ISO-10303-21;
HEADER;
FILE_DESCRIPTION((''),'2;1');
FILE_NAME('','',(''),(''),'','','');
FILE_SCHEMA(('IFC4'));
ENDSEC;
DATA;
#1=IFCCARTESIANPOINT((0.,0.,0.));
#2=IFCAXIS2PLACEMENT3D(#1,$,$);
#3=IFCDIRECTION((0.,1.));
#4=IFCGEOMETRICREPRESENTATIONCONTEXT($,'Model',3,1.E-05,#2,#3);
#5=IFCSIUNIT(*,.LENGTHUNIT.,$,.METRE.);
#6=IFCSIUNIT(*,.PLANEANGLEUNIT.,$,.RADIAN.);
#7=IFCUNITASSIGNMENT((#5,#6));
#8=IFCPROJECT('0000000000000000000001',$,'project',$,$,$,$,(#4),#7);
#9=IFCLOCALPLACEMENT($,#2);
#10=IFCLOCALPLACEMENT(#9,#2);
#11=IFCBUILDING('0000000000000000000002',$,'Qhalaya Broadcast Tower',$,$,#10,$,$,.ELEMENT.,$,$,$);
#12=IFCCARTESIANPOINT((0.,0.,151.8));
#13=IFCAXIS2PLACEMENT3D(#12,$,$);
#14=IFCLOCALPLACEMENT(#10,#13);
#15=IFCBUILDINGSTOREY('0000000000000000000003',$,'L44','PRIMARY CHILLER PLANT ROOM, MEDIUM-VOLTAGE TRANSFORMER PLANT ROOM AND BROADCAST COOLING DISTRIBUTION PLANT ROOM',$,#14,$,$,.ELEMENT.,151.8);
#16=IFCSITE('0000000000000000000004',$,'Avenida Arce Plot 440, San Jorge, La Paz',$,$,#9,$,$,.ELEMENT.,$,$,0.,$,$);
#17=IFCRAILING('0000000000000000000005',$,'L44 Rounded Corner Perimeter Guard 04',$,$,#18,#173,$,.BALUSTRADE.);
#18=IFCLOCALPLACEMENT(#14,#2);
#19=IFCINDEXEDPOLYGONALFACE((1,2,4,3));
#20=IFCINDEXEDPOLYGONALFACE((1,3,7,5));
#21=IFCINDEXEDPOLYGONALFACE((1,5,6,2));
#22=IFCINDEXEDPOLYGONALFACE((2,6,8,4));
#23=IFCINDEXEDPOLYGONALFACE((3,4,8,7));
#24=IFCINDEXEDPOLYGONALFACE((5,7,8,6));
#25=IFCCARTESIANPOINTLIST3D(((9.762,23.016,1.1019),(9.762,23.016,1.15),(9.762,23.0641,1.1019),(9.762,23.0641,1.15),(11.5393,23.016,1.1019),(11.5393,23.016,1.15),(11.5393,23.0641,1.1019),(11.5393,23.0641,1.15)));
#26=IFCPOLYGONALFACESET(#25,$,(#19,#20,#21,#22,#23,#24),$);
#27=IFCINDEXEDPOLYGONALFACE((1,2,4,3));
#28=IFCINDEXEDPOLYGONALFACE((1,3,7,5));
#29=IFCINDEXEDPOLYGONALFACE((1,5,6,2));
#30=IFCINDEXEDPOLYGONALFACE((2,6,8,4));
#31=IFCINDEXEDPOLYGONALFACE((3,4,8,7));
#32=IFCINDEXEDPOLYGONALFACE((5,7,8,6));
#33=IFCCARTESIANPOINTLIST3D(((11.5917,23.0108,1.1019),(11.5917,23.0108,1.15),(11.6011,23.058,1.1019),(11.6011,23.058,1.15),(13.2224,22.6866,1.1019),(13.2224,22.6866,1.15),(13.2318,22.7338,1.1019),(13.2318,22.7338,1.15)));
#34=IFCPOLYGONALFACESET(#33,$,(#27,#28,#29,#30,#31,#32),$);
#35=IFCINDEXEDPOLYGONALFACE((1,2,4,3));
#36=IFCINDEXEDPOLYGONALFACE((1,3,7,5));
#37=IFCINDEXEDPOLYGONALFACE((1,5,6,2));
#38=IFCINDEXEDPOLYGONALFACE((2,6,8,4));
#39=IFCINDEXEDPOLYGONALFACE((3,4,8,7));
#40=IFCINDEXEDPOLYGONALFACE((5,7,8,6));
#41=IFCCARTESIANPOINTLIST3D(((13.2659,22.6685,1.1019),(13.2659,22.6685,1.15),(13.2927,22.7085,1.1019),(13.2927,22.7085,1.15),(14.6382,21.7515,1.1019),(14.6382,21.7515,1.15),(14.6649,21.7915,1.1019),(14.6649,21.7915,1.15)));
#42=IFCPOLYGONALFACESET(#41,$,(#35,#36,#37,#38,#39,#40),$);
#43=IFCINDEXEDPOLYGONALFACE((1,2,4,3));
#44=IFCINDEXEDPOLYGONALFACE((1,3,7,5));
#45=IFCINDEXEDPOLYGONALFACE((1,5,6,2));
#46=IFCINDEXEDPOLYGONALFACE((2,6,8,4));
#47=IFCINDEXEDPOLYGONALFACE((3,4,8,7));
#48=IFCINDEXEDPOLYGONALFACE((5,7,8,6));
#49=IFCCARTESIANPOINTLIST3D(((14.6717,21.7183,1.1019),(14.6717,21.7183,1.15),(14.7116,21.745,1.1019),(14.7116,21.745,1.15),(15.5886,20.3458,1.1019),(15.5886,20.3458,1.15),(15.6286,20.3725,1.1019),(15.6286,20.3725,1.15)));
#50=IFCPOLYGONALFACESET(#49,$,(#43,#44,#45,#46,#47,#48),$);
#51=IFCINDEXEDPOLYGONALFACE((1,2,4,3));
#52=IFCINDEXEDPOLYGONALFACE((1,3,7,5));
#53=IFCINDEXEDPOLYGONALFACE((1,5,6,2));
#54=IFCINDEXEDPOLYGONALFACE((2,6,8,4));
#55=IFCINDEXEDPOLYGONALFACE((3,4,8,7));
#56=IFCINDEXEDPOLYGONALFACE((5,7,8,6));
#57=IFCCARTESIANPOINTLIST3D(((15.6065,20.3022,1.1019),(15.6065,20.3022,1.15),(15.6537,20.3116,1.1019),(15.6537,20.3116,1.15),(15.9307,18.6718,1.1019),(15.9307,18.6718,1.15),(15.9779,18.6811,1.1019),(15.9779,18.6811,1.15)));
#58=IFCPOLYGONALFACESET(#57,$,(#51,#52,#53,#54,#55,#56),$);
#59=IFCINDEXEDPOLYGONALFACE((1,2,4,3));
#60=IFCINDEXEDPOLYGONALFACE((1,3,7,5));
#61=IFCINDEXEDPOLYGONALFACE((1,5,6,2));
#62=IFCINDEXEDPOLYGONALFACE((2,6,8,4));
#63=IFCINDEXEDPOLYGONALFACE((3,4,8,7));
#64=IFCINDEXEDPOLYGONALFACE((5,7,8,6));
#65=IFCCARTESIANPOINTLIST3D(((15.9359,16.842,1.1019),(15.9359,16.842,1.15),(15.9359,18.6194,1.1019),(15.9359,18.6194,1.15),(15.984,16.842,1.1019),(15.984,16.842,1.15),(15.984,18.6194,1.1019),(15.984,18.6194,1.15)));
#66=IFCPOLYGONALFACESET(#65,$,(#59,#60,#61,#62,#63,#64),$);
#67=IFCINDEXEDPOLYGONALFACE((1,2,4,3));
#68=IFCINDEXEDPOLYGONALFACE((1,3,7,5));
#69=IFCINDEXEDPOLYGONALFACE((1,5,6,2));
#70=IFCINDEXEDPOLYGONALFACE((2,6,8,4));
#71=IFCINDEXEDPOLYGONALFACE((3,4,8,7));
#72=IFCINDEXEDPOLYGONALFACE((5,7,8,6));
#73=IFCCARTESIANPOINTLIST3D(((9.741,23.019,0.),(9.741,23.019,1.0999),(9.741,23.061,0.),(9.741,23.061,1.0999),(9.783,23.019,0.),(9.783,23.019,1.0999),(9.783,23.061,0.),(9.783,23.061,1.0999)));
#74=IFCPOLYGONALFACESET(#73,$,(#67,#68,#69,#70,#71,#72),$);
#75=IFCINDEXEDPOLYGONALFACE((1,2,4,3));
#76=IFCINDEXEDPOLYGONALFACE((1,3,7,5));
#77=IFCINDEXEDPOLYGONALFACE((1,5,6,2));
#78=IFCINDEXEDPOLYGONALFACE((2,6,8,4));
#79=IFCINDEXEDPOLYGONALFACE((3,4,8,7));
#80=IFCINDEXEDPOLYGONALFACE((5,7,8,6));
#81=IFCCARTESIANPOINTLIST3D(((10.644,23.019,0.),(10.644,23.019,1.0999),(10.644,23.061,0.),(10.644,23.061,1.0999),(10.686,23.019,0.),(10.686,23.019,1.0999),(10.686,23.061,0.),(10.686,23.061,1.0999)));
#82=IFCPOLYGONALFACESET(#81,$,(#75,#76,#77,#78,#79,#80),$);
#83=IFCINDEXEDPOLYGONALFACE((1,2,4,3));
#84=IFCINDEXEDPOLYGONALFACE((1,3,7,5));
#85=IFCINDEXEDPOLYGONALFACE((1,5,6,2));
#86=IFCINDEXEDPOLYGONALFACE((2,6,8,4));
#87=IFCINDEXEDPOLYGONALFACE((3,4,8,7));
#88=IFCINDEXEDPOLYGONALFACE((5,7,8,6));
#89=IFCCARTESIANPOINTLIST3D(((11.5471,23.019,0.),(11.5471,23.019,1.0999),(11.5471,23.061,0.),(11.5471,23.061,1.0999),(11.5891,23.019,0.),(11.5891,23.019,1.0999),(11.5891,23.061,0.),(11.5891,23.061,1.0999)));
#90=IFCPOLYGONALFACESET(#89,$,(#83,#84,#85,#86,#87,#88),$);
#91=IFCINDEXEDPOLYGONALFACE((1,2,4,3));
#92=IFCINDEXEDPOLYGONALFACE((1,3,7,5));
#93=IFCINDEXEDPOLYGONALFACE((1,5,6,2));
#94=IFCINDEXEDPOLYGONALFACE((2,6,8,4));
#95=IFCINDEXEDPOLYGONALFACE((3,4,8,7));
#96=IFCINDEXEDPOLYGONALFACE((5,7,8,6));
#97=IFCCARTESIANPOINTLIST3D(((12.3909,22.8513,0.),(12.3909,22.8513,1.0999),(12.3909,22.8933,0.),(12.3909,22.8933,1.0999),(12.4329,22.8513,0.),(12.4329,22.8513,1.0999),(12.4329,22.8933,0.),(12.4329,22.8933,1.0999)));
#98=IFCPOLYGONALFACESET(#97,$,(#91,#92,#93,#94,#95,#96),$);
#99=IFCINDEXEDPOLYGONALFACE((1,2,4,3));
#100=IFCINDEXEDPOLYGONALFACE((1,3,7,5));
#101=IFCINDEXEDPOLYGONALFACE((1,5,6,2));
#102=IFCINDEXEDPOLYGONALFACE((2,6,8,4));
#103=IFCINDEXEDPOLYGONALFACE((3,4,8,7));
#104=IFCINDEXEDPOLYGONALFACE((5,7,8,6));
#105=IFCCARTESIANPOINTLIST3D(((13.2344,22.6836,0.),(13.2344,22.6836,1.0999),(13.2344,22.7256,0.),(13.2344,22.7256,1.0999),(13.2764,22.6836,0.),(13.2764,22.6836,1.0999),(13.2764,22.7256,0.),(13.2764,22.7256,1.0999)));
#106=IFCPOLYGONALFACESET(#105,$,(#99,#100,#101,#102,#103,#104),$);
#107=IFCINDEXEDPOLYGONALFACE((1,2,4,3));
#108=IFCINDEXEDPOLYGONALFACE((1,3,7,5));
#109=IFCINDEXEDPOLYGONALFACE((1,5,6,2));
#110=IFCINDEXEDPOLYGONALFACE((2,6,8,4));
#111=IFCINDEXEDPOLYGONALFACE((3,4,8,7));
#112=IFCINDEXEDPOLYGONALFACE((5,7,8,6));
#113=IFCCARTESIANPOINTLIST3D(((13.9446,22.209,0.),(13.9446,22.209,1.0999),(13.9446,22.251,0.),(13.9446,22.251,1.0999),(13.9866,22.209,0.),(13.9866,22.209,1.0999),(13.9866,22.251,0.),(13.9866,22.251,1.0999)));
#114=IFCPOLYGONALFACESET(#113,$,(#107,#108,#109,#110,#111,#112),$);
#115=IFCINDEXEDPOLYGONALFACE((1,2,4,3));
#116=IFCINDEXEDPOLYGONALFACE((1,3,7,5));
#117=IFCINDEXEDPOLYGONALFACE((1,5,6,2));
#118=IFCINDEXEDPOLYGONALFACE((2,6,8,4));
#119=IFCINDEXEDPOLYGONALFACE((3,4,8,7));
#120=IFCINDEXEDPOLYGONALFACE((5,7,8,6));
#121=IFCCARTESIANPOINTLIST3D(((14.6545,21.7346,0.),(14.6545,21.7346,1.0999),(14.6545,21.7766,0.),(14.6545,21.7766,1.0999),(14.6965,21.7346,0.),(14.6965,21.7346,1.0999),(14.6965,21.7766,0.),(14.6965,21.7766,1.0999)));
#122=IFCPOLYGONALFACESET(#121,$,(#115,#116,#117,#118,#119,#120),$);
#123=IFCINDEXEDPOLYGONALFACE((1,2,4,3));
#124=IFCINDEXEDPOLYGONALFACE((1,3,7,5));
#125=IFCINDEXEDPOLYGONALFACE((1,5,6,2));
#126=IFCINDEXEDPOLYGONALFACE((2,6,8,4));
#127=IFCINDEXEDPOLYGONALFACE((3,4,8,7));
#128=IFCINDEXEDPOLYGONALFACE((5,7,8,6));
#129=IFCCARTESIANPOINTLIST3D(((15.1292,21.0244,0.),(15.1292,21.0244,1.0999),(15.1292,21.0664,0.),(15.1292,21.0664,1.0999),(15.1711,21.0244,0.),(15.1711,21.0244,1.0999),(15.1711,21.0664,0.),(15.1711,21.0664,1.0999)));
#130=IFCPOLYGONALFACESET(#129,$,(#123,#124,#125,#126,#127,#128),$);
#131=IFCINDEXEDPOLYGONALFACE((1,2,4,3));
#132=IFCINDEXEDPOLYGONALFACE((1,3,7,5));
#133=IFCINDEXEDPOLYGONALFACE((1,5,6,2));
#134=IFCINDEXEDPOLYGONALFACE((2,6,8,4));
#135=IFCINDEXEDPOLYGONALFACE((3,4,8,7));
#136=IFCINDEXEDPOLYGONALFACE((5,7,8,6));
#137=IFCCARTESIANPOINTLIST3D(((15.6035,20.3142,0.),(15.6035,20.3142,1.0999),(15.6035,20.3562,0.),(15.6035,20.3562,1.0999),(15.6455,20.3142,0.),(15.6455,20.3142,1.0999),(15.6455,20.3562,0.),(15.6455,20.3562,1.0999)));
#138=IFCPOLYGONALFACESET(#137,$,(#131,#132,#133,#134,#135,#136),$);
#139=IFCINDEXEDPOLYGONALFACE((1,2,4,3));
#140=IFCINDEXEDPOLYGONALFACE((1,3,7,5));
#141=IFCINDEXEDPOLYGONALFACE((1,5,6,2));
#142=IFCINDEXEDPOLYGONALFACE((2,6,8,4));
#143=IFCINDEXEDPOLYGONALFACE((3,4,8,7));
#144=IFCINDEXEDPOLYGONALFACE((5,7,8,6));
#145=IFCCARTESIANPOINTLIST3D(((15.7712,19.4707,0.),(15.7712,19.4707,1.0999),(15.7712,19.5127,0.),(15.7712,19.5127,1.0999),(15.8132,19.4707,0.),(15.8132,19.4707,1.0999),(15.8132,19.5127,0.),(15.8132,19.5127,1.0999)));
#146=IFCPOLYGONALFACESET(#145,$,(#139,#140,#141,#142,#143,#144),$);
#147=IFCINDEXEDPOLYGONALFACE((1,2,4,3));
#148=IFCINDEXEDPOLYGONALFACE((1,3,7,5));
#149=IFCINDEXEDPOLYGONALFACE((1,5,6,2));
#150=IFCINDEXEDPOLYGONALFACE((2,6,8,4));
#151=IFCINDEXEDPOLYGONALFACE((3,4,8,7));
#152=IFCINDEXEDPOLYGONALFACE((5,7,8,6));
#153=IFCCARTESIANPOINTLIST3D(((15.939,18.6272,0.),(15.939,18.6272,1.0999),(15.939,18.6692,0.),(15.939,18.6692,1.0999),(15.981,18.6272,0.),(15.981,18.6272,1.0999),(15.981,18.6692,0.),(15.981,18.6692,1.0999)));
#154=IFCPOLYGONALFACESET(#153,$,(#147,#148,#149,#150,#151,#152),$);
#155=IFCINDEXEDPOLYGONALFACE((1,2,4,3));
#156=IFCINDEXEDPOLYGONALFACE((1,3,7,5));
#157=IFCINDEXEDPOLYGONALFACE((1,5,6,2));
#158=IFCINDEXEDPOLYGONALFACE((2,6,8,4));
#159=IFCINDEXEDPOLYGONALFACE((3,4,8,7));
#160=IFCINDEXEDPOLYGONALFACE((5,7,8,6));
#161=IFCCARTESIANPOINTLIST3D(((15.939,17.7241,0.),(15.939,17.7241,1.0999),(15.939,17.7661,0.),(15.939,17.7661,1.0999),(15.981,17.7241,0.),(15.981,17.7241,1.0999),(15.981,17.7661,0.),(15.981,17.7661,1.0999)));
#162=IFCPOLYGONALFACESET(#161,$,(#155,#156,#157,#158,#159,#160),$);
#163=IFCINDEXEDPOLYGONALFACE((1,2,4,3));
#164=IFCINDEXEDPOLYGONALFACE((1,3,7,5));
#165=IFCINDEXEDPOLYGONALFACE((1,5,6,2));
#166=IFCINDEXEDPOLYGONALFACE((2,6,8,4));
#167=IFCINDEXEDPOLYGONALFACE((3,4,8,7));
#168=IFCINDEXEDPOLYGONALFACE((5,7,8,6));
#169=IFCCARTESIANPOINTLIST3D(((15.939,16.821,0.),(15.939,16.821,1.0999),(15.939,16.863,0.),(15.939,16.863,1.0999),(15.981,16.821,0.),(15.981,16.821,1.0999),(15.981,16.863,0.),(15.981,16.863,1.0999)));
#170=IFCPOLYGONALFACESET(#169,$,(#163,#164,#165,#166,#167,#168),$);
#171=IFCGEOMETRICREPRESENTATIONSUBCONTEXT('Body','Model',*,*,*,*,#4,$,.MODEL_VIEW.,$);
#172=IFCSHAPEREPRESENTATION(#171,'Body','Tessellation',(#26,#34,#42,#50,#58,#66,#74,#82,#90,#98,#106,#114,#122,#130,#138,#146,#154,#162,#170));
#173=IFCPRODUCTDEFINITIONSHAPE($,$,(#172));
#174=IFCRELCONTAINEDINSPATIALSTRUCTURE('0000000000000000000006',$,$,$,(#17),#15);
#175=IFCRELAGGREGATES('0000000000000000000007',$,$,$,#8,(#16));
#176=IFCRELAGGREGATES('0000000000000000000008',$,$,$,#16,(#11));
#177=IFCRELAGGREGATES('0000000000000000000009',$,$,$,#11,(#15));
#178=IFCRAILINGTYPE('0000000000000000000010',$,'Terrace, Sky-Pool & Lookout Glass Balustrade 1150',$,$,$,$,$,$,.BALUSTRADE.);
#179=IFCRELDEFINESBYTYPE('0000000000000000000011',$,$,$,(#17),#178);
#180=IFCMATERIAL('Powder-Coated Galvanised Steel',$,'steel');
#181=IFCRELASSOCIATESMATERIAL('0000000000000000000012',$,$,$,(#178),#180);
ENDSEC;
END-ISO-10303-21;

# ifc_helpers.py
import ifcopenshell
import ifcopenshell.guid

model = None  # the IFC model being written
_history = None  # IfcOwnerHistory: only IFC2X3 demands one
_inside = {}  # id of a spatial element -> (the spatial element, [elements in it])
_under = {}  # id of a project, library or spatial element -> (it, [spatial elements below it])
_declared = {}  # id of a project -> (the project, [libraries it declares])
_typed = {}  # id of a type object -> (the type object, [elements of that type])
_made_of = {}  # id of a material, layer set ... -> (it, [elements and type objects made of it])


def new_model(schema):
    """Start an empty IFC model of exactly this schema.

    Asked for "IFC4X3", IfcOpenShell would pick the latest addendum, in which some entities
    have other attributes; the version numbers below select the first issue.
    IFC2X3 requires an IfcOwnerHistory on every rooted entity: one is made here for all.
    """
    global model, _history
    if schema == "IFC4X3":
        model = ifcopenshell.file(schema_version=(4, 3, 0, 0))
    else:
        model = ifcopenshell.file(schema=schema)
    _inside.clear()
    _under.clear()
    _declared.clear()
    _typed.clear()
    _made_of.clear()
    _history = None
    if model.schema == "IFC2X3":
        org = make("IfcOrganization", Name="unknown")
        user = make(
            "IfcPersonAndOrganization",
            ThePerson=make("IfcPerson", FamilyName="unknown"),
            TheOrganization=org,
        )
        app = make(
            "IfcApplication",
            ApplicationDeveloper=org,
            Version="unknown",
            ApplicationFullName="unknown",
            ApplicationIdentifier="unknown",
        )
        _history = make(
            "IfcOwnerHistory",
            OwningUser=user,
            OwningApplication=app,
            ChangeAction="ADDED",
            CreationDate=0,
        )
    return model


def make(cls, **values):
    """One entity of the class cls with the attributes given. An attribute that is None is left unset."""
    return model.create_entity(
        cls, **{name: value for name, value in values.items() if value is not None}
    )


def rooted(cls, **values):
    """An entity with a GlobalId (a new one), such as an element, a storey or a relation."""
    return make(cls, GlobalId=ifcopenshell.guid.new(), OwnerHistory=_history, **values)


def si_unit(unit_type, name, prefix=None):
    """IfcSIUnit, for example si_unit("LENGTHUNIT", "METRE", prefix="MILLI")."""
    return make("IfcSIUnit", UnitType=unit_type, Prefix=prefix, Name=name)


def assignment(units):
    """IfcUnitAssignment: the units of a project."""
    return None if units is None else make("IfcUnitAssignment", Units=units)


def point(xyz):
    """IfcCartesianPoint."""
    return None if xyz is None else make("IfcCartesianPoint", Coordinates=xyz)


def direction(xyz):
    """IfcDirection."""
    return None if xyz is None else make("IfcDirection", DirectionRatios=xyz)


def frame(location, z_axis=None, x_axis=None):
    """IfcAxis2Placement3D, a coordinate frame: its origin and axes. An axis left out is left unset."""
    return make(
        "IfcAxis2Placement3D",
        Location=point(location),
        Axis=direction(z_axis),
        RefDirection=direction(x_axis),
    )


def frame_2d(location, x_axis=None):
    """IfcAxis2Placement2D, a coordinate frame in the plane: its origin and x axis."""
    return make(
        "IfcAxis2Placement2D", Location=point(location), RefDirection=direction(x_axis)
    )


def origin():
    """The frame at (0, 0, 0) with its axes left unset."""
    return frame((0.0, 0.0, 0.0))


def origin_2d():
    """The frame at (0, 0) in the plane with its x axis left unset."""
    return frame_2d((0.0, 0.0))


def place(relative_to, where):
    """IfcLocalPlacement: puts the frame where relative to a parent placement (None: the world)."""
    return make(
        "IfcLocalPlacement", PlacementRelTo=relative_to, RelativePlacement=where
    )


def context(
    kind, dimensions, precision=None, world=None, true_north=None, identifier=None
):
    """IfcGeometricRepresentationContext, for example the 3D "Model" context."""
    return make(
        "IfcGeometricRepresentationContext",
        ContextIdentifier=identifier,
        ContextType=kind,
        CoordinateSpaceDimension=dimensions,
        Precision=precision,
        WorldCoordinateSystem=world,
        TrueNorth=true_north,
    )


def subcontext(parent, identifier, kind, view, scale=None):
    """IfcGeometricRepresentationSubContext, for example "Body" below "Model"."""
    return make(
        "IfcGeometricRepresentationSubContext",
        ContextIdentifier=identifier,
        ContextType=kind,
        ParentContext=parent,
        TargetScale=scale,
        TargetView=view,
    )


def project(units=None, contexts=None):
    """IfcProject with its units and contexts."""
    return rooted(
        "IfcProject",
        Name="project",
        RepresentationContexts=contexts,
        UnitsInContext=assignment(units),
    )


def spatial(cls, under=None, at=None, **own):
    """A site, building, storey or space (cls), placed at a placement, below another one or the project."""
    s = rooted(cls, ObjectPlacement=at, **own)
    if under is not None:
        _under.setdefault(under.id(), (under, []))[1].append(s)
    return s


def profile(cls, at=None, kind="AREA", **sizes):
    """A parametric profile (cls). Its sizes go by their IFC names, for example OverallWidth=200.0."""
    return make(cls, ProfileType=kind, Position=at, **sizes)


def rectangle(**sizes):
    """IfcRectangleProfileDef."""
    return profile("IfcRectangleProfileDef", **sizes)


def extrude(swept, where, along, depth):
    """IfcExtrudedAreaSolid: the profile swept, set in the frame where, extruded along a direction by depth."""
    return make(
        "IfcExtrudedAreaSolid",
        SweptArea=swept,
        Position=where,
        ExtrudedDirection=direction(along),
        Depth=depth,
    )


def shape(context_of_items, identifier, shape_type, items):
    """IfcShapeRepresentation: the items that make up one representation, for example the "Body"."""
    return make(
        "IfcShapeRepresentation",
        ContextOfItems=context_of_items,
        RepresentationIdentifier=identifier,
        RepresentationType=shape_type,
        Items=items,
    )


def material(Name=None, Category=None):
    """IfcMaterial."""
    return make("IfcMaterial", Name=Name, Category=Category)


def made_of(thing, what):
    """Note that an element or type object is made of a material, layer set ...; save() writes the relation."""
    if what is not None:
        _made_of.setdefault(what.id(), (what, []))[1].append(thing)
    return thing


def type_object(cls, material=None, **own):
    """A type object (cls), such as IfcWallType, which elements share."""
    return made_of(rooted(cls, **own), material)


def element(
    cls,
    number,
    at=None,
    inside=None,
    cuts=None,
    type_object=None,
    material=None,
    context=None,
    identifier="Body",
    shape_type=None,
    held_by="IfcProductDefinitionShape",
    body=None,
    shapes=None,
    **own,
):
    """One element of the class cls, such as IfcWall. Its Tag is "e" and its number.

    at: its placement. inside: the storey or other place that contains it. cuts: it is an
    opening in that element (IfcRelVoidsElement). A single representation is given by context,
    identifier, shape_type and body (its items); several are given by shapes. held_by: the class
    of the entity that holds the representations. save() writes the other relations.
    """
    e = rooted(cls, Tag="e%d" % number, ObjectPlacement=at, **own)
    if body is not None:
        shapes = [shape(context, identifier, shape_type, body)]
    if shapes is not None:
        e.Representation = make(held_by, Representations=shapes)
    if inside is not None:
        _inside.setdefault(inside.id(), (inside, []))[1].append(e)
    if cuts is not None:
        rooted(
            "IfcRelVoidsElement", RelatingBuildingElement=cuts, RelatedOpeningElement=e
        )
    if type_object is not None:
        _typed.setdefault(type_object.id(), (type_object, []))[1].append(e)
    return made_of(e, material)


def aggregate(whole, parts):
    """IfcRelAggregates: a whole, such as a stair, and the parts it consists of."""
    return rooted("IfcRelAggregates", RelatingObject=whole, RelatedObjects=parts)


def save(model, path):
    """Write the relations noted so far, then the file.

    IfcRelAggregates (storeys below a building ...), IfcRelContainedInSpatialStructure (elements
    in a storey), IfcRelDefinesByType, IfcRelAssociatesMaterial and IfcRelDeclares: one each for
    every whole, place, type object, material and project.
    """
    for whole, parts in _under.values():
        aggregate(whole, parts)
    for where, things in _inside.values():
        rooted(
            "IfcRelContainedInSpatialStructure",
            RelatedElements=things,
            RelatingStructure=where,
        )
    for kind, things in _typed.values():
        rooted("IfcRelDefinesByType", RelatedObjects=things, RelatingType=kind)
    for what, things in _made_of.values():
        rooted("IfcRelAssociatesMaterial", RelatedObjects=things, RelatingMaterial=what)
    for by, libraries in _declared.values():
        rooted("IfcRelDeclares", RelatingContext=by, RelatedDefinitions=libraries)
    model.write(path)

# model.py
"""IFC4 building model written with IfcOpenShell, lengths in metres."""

from ifc_helpers import new_model, si_unit, direction, frame, origin, origin_2d, place, context, subcontext, project, spatial, rectangle, extrude, material, type_object, element, save


model = new_model("IFC4")

# Units and contexts
model_context = context("Model", 3, precision=1e-05, world=origin(), true_north=direction((0.0, 1.0)))
body_context = subcontext(model_context, "Body", "Model", "MODEL_VIEW")
ifc_project = project(units=[si_unit("LENGTHUNIT", "METRE"), si_unit("PLANEANGLEUNIT", "RADIAN")], contexts=[model_context])

# Site, building, storey
site_placement = place(None, origin())
site = spatial("IfcSite", under=ifc_project, at=site_placement, Name="Avenida Arce Plot 440, San Jorge, La Paz", CompositionType="ELEMENT", RefElevation=0.0)
building_placement = place(site_placement, origin())
building = spatial("IfcBuilding", under=site, at=building_placement, Name="Qhalaya Broadcast Tower", CompositionType="ELEMENT")
storey_placement = place(building_placement, frame((0.0, 0.0, 151.8)))
storey = spatial("IfcBuildingStorey", under=building, at=storey_placement, Name="L44", Description="PRIMARY CHILLER PLANT ROOM, MEDIUM-VOLTAGE TRANSFORMER PLANT ROOM AND BROADCAST COOLING DISTRIBUTION PLANT ROOM", CompositionType="ELEMENT", Elevation=151.8)

# Railing
ifc_material_1 = material(Name="Powder-Coated Galvanised Steel", Category="steel")
railing_type = type_object("IfcRailingType", Name="Terrace, Sky-Pool & Lookout Glass Balustrade 1150", PredefinedType="BALUSTRADE", material=ifc_material_1)
railing_placement = place(storey_placement, frame((9.762, 23.04, 0.0)))
element("IfcRailing", 1, at=railing_placement, inside=storey, type_object=railing_type, Name="L44 Rounded Corner Perimeter Guard 04", PredefinedType="BALUSTRADE", context=body_context, shape_type="SweptSolid", body=[
    extrude(rectangle(XDim=0.0481, YDim=0.0481, at=origin_2d()), frame((0.0, 0.0, 1.126), z_axis=(1.0, 0.0, 0.0), x_axis=(0.0, 1.0, 0.0)), (0.0, 0.0, 1.0), 1.7773),
    extrude(rectangle(XDim=0.0481, YDim=0.0481, at=origin_2d()), frame((1.8345, -0.0056, 1.126), z_axis=(0.980804, -0.194997, 0.0), x_axis=(0.194997, 0.980804, 0.0)), (0.0, 0.0, 1.0), 1.6626),
    extrude(rectangle(XDim=0.0481, YDim=0.0481, at=origin_2d()), frame((3.5173, -0.3516, 1.126), z_axis=(0.831456, -0.55559, 0.0), x_axis=(0.55559, 0.831456, 0.0)), (0.0, 0.0, 1.0), 1.6504),
    extrude(rectangle(XDim=0.0481, YDim=0.0481, at=origin_2d()), frame((4.9297, -1.3083, 1.126), z_axis=(0.555524, -0.8315, 0.0), x_axis=(0.8315, 0.555524, 0.0)), (0.0, 0.0, 1.0), 1.6506),
    extrude(rectangle(XDim=0.0481, YDim=0.0481, at=origin_2d()), frame((5.8682, -2.7332, 1.126), z_axis=(0.195024, -0.980798, 0.0), x_axis=(0.980798, 0.195024, 0.0)), (0.0, 0.0, 1.0), 1.6624),
    extrude(rectangle(XDim=0.0481, YDim=0.0481, at=origin_2d()), frame((6.198, -4.4207, 1.126), z_axis=(0.0, -1.0, 0.0), x_axis=(1.0, 0.0, 0.0)), (0.0, 0.0, 1.0), 1.7773),
    extrude(rectangle(XDim=0.042, YDim=0.042, at=origin_2d()), origin(), (0.0, 0.0, 1.0), 1.0999),
    extrude(rectangle(XDim=0.042, YDim=0.042, at=origin_2d()), frame((0.9031, 0.0, 0.0)), (0.0, 0.0, 1.0), 1.0999),
    extrude(rectangle(XDim=0.042, YDim=0.042, at=origin_2d()), frame((1.8062, 0.0, 0.0)), (0.0, 0.0, 1.0), 1.0999),
    extrude(rectangle(XDim=0.042, YDim=0.042, at=origin_2d()), frame((2.6499, -0.1677, 0.0)), (0.0, 0.0, 1.0), 1.0999),
    extrude(rectangle(XDim=0.042, YDim=0.042, at=origin_2d()), frame((3.4934, -0.3354, 0.0)), (0.0, 0.0, 1.0), 1.0999),
    extrude(rectangle(XDim=0.042, YDim=0.042, at=origin_2d()), frame((4.2036, -0.8101, 0.0)), (0.0, 0.0, 1.0), 1.0999),
    extrude(rectangle(XDim=0.042, YDim=0.042, at=origin_2d()), frame((4.9136, -1.2844, 0.0)), (0.0, 0.0, 1.0), 1.0999),
    extrude(rectangle(XDim=0.042, YDim=0.042, at=origin_2d()), frame((5.3882, -1.9946, 0.0)), (0.0, 0.0, 1.0), 1.0999),
    extrude(rectangle(XDim=0.042, YDim=0.042, at=origin_2d()), frame((5.8625, -2.7048, 0.0)), (0.0, 0.0, 1.0), 1.0999),
    extrude(rectangle(XDim=0.042, YDim=0.042, at=origin_2d()), frame((6.0303, -3.5483, 0.0)), (0.0, 0.0, 1.0), 1.0999),
    extrude(rectangle(XDim=0.042, YDim=0.042, at=origin_2d()), frame((6.198, -4.3918, 0.0)), (0.0, 0.0, 1.0), 1.0999),
    extrude(rectangle(XDim=0.042, YDim=0.042, at=origin_2d()), frame((6.198, -5.2949, 0.0)), (0.0, 0.0, 1.0), 1.0999),
    extrude(rectangle(XDim=0.042, YDim=0.042, at=origin_2d()), frame((6.198, -6.198, 0.0)), (0.0, 0.0, 1.0), 1.0999),
])

save(model, "model.ifc")
